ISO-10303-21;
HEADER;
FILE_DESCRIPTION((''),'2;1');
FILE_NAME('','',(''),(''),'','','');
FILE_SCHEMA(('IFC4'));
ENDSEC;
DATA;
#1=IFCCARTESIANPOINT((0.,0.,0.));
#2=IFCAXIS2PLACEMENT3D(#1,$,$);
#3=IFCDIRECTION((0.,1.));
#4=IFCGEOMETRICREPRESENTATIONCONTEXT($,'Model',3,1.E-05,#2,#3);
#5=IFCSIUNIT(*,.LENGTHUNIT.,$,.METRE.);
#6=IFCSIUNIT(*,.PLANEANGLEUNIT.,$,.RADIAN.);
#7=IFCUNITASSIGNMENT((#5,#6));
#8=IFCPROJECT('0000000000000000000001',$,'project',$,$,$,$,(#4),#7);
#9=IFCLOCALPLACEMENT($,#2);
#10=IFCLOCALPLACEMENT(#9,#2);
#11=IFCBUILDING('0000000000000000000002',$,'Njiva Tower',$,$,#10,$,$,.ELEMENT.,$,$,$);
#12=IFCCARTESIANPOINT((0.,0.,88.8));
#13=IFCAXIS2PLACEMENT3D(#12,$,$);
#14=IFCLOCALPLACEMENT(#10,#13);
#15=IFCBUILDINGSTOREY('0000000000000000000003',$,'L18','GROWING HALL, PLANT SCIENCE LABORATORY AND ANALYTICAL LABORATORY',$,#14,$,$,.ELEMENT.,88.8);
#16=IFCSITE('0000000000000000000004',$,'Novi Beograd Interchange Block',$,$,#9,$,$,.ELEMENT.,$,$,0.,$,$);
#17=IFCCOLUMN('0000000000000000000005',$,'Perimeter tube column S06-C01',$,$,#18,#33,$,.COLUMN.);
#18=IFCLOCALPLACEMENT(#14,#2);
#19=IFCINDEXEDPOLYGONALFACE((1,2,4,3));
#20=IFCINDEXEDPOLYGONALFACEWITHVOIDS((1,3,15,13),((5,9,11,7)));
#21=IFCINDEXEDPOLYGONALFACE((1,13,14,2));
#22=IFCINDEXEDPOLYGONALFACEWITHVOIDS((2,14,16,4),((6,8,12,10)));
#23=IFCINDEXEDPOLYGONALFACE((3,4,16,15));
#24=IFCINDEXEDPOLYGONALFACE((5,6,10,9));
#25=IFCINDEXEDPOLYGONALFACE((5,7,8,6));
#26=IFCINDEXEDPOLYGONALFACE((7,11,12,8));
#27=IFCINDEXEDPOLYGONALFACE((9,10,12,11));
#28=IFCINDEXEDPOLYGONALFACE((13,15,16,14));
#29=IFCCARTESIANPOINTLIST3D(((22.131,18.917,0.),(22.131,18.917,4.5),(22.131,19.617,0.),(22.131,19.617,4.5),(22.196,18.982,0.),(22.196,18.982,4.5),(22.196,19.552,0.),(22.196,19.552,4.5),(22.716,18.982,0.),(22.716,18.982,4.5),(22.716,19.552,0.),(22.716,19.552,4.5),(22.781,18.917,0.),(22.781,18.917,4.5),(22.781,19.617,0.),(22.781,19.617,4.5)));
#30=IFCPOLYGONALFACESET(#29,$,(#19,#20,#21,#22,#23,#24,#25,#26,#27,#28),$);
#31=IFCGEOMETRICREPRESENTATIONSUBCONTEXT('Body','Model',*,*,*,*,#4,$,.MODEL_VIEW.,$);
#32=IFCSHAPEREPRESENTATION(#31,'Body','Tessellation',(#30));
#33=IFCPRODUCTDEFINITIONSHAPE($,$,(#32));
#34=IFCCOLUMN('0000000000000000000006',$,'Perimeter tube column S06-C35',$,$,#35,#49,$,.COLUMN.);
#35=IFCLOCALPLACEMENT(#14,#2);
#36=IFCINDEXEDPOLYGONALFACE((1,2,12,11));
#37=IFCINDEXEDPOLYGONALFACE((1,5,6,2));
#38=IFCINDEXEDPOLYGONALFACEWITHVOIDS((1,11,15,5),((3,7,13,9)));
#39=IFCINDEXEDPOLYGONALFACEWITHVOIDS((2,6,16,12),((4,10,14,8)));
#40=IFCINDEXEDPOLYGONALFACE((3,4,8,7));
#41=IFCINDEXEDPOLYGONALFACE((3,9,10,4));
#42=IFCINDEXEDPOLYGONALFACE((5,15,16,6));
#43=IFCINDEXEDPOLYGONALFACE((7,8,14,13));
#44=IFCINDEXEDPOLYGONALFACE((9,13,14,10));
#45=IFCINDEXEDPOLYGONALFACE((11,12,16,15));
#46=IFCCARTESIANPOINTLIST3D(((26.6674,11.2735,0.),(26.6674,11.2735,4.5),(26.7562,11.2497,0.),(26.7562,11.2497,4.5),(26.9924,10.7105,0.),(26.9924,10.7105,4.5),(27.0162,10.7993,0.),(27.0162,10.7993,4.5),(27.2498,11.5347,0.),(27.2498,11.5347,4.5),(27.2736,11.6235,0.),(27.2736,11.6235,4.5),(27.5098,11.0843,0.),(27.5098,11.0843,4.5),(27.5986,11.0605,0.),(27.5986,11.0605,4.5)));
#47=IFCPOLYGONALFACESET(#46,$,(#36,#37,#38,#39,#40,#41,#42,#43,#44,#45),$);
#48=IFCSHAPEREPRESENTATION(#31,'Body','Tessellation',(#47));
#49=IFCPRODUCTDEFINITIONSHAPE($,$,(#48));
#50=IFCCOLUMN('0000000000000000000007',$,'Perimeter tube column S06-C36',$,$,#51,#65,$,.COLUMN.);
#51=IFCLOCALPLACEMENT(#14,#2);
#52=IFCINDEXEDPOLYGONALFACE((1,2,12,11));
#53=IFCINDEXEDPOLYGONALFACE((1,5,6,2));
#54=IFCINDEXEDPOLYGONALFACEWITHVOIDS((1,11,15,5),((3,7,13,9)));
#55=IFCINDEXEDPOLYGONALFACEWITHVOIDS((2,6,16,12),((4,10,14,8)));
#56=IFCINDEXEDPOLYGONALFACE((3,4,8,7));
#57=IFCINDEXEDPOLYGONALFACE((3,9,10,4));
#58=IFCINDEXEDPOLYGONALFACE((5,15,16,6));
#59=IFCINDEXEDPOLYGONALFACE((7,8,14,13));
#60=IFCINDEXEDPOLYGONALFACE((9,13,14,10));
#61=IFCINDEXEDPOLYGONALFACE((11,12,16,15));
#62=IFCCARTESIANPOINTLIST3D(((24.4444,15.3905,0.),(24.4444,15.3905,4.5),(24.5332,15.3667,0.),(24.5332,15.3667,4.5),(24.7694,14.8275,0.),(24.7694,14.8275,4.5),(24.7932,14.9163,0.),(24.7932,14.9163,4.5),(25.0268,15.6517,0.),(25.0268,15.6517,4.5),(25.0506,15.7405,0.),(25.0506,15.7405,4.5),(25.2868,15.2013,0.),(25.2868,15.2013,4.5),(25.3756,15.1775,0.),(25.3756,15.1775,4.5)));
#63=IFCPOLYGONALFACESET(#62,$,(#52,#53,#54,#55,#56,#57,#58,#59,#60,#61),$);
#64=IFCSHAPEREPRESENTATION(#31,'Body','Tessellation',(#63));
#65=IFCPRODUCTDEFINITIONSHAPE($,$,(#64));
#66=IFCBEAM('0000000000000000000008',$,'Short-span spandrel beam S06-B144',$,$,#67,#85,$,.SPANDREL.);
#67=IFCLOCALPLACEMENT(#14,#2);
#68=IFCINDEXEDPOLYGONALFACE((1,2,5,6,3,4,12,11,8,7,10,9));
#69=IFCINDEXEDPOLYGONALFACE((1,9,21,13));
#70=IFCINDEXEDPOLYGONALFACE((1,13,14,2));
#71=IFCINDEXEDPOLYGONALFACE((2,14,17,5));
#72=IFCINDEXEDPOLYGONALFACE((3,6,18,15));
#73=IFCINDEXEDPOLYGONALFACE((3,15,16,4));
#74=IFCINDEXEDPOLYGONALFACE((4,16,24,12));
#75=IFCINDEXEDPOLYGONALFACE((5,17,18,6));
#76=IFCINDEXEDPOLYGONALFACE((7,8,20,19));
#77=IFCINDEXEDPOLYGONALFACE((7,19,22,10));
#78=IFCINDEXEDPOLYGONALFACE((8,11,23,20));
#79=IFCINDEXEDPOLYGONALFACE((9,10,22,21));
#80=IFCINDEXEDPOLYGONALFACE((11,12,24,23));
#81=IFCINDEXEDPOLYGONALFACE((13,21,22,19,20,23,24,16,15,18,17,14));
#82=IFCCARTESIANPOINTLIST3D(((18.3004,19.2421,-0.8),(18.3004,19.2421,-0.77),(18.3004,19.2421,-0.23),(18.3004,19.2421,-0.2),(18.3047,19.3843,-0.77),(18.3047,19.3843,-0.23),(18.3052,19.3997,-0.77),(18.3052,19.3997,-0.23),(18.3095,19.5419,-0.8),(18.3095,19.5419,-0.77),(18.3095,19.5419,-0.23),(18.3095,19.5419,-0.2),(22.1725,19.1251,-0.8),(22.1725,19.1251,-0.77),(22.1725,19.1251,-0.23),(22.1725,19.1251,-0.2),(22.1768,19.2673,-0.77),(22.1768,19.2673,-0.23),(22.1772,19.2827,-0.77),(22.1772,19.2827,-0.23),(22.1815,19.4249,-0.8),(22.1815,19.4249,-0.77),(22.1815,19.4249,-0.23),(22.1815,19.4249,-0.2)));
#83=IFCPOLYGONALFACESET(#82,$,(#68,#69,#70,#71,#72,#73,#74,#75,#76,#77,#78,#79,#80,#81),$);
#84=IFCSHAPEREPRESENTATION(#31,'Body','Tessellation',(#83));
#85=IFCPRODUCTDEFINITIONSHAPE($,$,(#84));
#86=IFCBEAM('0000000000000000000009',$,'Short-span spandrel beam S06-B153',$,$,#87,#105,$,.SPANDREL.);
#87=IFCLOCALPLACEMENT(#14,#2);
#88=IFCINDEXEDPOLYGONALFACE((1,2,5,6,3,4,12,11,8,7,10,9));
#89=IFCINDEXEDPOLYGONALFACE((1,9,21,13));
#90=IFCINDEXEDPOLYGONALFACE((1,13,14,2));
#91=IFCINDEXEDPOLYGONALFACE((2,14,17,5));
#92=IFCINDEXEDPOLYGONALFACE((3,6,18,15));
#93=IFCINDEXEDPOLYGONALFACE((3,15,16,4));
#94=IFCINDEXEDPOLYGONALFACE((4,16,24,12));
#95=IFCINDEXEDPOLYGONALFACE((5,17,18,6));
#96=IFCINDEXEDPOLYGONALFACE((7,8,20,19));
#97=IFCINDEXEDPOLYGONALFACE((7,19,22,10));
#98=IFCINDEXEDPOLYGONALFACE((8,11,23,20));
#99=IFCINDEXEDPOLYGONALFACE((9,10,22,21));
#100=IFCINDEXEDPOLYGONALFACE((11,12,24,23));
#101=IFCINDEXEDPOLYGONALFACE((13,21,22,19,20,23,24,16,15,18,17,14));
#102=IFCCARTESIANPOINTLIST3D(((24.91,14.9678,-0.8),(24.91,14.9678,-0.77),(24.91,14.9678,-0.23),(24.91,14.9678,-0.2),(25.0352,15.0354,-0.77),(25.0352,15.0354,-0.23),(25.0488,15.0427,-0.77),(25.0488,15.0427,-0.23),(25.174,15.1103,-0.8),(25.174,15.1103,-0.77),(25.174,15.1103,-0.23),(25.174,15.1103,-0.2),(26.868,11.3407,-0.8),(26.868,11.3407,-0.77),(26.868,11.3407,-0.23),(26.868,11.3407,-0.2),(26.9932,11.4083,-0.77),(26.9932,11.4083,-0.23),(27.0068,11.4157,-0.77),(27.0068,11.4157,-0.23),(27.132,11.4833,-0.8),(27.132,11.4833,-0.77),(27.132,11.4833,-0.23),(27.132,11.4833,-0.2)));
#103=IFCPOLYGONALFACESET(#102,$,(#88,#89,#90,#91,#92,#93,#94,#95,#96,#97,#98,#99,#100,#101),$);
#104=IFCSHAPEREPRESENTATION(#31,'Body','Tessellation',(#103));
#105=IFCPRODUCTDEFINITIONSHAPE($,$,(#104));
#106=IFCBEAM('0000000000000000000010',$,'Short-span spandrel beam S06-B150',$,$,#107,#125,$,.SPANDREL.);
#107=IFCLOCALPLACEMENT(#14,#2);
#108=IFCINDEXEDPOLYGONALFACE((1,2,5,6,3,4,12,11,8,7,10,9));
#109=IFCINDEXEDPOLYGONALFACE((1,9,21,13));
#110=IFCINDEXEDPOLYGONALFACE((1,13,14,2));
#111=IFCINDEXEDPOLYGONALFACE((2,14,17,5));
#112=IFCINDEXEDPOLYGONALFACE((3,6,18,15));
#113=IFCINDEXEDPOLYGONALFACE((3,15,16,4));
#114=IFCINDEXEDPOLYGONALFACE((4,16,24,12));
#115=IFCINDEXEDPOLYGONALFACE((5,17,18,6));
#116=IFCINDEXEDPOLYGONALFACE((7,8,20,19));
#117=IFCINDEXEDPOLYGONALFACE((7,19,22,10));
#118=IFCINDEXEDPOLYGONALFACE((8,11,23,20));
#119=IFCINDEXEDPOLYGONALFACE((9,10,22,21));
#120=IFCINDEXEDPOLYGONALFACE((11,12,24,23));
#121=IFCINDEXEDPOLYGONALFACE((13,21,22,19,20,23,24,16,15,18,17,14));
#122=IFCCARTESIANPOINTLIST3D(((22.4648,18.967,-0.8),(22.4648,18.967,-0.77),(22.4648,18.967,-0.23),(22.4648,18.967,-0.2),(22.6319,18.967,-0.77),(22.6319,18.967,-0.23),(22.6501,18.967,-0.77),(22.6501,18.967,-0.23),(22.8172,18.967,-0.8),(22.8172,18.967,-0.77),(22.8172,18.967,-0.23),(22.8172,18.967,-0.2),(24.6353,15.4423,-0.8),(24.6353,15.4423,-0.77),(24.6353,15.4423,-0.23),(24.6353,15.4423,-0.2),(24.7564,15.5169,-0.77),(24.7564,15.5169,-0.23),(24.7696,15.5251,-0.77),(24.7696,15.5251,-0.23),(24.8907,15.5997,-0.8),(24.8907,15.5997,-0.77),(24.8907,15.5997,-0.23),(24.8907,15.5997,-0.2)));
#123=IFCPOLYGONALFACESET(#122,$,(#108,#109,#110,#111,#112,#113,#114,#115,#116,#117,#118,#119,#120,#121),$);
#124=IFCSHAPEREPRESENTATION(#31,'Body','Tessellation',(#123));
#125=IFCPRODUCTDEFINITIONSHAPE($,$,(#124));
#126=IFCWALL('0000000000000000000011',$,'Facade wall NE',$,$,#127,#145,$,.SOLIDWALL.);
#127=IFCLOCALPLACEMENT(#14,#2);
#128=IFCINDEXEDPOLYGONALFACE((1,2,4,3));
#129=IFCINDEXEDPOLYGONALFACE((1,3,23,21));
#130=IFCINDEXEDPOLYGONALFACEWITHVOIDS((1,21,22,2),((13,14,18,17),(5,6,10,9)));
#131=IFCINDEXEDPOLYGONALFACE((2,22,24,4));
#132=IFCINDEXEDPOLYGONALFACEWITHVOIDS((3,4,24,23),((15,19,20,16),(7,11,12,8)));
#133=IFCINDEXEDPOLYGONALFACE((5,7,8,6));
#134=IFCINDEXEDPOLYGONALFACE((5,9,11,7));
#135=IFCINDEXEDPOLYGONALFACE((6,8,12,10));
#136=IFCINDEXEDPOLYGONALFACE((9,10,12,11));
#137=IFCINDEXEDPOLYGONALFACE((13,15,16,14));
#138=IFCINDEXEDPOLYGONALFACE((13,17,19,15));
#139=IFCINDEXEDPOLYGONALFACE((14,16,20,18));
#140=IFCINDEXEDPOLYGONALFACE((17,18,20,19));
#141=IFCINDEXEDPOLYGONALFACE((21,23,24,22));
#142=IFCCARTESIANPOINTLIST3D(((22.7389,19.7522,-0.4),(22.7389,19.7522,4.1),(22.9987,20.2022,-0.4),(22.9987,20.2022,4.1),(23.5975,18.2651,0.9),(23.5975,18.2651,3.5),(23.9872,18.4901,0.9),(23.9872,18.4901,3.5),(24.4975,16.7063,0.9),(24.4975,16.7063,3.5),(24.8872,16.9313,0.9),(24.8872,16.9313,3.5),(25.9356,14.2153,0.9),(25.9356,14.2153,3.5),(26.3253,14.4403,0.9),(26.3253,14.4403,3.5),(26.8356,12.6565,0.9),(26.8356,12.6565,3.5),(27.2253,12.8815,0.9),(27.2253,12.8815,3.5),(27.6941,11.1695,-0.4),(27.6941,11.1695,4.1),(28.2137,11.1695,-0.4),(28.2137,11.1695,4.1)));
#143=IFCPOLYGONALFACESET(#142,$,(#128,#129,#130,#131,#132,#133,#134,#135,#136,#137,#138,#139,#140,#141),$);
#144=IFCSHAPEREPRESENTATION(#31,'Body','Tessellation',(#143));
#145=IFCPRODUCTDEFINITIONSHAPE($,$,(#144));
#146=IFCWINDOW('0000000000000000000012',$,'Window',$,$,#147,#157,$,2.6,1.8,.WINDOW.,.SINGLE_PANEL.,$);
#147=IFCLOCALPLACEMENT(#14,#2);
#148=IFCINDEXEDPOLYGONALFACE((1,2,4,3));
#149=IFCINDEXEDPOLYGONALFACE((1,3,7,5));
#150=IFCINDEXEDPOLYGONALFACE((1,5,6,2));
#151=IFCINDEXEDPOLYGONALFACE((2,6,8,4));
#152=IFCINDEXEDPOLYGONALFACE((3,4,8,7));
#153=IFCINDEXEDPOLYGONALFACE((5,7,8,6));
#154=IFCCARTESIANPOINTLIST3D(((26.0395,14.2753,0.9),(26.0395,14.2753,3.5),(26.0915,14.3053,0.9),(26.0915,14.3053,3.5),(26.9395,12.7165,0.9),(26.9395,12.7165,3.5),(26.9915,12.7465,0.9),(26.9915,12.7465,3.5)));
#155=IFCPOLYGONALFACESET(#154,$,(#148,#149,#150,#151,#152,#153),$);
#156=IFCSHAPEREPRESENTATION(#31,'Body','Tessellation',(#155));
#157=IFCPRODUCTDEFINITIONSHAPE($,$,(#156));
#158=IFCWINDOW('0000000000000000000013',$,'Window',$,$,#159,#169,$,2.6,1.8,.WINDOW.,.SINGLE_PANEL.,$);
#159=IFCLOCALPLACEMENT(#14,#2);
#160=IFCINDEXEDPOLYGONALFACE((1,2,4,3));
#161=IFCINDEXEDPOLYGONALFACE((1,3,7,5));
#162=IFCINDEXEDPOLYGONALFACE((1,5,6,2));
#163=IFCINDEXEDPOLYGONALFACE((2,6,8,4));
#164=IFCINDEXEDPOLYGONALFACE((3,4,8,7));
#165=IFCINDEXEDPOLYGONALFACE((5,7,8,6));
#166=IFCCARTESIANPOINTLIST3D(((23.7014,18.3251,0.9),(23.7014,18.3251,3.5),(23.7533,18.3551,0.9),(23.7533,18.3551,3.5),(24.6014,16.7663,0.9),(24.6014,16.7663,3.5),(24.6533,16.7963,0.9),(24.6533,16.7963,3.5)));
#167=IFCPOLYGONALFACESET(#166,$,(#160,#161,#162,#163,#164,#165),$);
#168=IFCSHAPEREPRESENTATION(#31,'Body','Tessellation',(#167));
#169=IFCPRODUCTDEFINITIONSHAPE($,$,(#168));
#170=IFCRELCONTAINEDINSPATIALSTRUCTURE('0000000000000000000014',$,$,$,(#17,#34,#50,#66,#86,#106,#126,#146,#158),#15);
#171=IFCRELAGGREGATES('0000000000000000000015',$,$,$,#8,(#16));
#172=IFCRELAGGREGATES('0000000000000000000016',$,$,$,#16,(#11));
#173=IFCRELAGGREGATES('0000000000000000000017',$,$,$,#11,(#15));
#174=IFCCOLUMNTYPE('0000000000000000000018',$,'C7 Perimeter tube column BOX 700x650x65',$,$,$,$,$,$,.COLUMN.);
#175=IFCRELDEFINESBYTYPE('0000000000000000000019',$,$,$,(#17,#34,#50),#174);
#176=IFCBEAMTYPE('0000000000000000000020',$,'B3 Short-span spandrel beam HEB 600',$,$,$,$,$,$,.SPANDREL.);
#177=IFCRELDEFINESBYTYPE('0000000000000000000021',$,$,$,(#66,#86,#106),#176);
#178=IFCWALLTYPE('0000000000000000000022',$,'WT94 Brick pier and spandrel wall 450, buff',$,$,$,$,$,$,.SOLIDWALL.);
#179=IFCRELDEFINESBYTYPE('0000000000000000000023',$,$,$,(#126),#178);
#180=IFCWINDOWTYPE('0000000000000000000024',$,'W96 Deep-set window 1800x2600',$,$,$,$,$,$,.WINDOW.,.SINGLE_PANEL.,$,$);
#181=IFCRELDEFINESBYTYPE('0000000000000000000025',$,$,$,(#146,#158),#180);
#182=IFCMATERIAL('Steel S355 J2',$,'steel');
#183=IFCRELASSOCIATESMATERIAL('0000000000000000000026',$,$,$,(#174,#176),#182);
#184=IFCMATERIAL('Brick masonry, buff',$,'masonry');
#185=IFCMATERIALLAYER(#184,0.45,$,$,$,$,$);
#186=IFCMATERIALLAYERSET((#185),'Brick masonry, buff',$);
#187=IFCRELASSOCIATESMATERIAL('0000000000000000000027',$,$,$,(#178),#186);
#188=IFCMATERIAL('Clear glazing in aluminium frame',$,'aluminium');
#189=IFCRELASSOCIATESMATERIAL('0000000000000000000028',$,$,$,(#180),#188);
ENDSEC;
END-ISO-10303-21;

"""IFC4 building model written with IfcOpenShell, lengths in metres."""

from ifc_helpers import new_model, si_unit, direction, frame, frame_2d, origin, origin_2d, place, context, subcontext, project, spatial, polyline, rectangle, hollow_rectangle, i_section, outline, extrude, clip, halfspace, material, layer, layer_set, material_profile, profile_set, type_object, element, fill, save


model = new_model("IFC4")

# Units and contexts
model_context = context("Model", 3, precision=1e-05, world=origin(), true_north=direction((0.0, 1.0)))
body_context = subcontext(model_context, "Body", "Model", "MODEL_VIEW")
ifc_project = project(units=[si_unit("LENGTHUNIT", "METRE"), si_unit("PLANEANGLEUNIT", "RADIAN")], contexts=[model_context])

# Site, building, storey
site_placement = place(None, origin())
site = spatial("IfcSite", under=ifc_project, at=site_placement, Name="Novi Beograd Interchange Block", CompositionType="ELEMENT", RefElevation=0.0)
building_placement = place(site_placement, origin())
building = spatial("IfcBuilding", under=site, at=building_placement, Name="Njiva Tower", CompositionType="ELEMENT")
storey_placement = place(building_placement, frame((0.0, 0.0, 88.8)))
storey = spatial("IfcBuildingStorey", under=building, at=storey_placement, Name="L18", Description="GROWING HALL, PLANT SCIENCE LABORATORY AND ANALYTICAL LABORATORY", CompositionType="ELEMENT", Elevation=88.8)

# Columns
ifc_material_1 = material(Name="Steel S355 J2", Category="steel")
ifc_material_profile_1 = material_profile(ifc_material_1, hollow_rectangle(XDim=0.65, YDim=0.7, WallThickness=0.065, at=origin_2d()), Name="BOX 700x650x65")
ifc_profile_set_1 = profile_set([ifc_material_profile_1], Name="Steel S355 J2")
column_type = type_object("IfcColumnType", Name="C7 Perimeter tube column BOX 700x650x65", PredefinedType="COLUMN", material=ifc_profile_set_1)
for number, where, z_axis, x_axis, name in (
    (1, (22.456, 19.267, 0.0), (0.0, 0.0, 1.0), (-1.0, 0.0, 0.0), "Perimeter tube column S06-C01"),
    (2, (27.133, 11.167, 0.0), (0.0, 0.0, 1.0), (-0.5, 0.866025, 0.0), "Perimeter tube column S06-C35"),
    (3, (24.91, 15.284, 0.0), (0.0, 0.0, 1.0), (-0.5, 0.866025, 0.0), "Perimeter tube column S06-C36"),
):
    element("IfcColumn", number, at=place(storey_placement, frame(where, z_axis=z_axis, x_axis=x_axis)), inside=storey, type_object=column_type, Name=name, PredefinedType="COLUMN", context=body_context, shape_type="SweptSolid", body=[
        extrude(hollow_rectangle(XDim=0.65, YDim=0.7, WallThickness=0.065, at=origin_2d()), origin(), (0.0, 0.0, 1.0), 4.5),
    ])

# Beams
ifc_material_profile_2 = material_profile(ifc_material_1, i_section(OverallWidth=0.3, OverallDepth=0.6, WebThickness=0.0155, FlangeThickness=0.03, at=origin_2d()), Name="HEB 600")
ifc_profile_set_2 = profile_set([ifc_material_profile_2], Name="Steel S355 J2")
beam_type = type_object("IfcBeamType", Name="B3 Short-span spandrel beam HEB 600", PredefinedType="SPANDREL", material=ifc_profile_set_2)
beam_1_placement = place(storey_placement, frame((22.177, 19.275, -0.5), z_axis=(-0.999544, 0.030203, 0.0), x_axis=(-0.030203, -0.999544, 0.0)))
element("IfcBeam", 4, at=beam_1_placement, inside=storey, type_object=beam_type, Name="Short-span spandrel beam S06-B144", PredefinedType="SPANDREL", context=body_context, shape_type="SweptSolid", body=[
    extrude(i_section(OverallWidth=0.3, OverallDepth=0.6, WebThickness=0.0155, FlangeThickness=0.03, at=origin_2d()), origin(), (0.0, 0.0, 1.0), 3.8738),
])
beam_2_placement = place(storey_placement, frame((27.0, 11.412, -0.5), z_axis=(-0.47504, 0.879964, 0.0), x_axis=(-0.879964, -0.47504, 0.0)))
element("IfcBeam", 5, at=beam_2_placement, inside=storey, type_object=beam_type, Name="Short-span spandrel beam S06-B153", PredefinedType="SPANDREL", context=body_context, shape_type="SweptSolid", body=[
    extrude(i_section(OverallWidth=0.3, OverallDepth=0.6, WebThickness=0.0155, FlangeThickness=0.03, at=origin_2d()), origin(), (0.0, 0.0, 1.0), 4.1218),
])
beam_3_placement = place(storey_placement, frame((24.763, 15.521, -0.5), z_axis=(-0.524346, 0.851506, 0.0), x_axis=(-0.851506, -0.524346, 0.0)))
element("IfcBeam", 6, at=beam_3_placement, inside=storey, type_object=beam_type, Name="Short-span spandrel beam S06-B150", PredefinedType="SPANDREL", context=body_context, shape_type="Clipping", body=[
    clip(extrude(i_section(OverallWidth=0.3, OverallDepth=0.6, WebThickness=0.0155, FlangeThickness=0.03, at=origin_2d()), origin(), (0.0, 0.0, 1.0), 4.1589), halfspace(frame((-0.0262, 0.0, 4.0308), z_axis=(-0.524346, 0.0, 0.851506), x_axis=(0.0, 1.0, 0.0)), False)),
])

# Wall, openings, windows
ifc_material_2 = material(Name="Clear glazing in aluminium frame", Category="aluminium")
ifc_material_3 = material(Name="Brick masonry, buff", Category="masonry")
ifc_layer_1 = layer(ifc_material_3, 0.45)
ifc_layer_set_1 = layer_set([ifc_layer_1], Name="Brick masonry, buff")
wall_type_1 = type_object("IfcWallType", Name="WT94 Brick pier and spandrel wall 450, buff", PredefinedType="SOLIDWALL", material=ifc_layer_set_1)
wall_1_placement = place(storey_placement, frame((27.9539, 11.1695, -0.4), z_axis=(0.0, 0.0, 1.0), x_axis=(-0.499998, 0.866027, 0.0)))
wall_1 = element("IfcWall", 7, at=wall_1_placement, inside=storey, type_object=wall_type_1, Name="Facade wall NE", PredefinedType="SOLIDWALL", context=body_context, shape_type="SweptSolid", body=[
    extrude(outline(polyline([(-0.1299, -0.225), (10.3001, -0.225), (10.0403, 0.225), (0.1299, 0.225), (-0.1299, -0.225)])), origin(), (0.0, 0.0, 1.0), 4.5),
])
opening_1_placement = place(wall_1_placement, frame((1.8469, 0.0, 1.3)))
opening_1 = element("IfcOpeningElement", 8, at=opening_1_placement, cuts=wall_1, PredefinedType="OPENING", context=body_context, shape_type="SweptSolid", body=[
    extrude(rectangle(XDim=1.8, YDim=2.6, at=frame_2d((0.9, 1.3))), frame((0.0, 0.235, 0.0), z_axis=(0.0, -1.0, 0.0), x_axis=(1.0, 0.0, 0.0)), (0.0, 0.0, 1.0), 0.47),
])
opening_2_placement = place(wall_1_placement, frame((6.5232, 0.0, 1.3)))
opening_2 = element("IfcOpeningElement", 9, at=opening_2_placement, cuts=wall_1, PredefinedType="OPENING", context=body_context, shape_type="SweptSolid", body=[
    extrude(rectangle(XDim=1.8, YDim=2.6, at=frame_2d((0.9, 1.3))), frame((0.0, 0.235, 0.0), z_axis=(0.0, -1.0, 0.0), x_axis=(1.0, 0.0, 0.0)), (0.0, 0.0, 1.0), 0.47),
])
window_type_1 = type_object("IfcWindowType", Name="W96 Deep-set window 1800x2600", PartitioningType="SINGLE_PANEL", PredefinedType="WINDOW", material=ifc_material_2)
window_1_placement = place(opening_1_placement, origin())
window_1 = element("IfcWindow", 10, at=window_1_placement, inside=storey, type_object=window_type_1, Name="Window", OverallHeight=2.6, OverallWidth=1.8, PartitioningType="SINGLE_PANEL", PredefinedType="WINDOW", context=body_context, shape_type="SweptSolid", body=[
    extrude(rectangle(XDim=1.8, YDim=2.6, at=frame_2d((0.9, 1.3))), frame((0.0, 0.105, 0.0), z_axis=(0.0, -1.0, 0.0), x_axis=(1.0, 0.0, 0.0)), (0.0, 0.0, 1.0), 0.06),
])
fill(opening_1, window_1)
window_2_placement = place(opening_2_placement, origin())
window_2 = element("IfcWindow", 11, at=window_2_placement, inside=storey, type_object=window_type_1, Name="Window", OverallHeight=2.6, OverallWidth=1.8, PartitioningType="SINGLE_PANEL", PredefinedType="WINDOW", context=body_context, shape_type="SweptSolid", body=[
    extrude(rectangle(XDim=1.8, YDim=2.6, at=frame_2d((0.9, 1.3))), frame((0.0, 0.105, 0.0), z_axis=(0.0, -1.0, 0.0), x_axis=(1.0, 0.0, 0.0)), (0.0, 0.0, 1.0), 0.06),
])
fill(opening_2, window_2)

save(model, "model.ifc")
